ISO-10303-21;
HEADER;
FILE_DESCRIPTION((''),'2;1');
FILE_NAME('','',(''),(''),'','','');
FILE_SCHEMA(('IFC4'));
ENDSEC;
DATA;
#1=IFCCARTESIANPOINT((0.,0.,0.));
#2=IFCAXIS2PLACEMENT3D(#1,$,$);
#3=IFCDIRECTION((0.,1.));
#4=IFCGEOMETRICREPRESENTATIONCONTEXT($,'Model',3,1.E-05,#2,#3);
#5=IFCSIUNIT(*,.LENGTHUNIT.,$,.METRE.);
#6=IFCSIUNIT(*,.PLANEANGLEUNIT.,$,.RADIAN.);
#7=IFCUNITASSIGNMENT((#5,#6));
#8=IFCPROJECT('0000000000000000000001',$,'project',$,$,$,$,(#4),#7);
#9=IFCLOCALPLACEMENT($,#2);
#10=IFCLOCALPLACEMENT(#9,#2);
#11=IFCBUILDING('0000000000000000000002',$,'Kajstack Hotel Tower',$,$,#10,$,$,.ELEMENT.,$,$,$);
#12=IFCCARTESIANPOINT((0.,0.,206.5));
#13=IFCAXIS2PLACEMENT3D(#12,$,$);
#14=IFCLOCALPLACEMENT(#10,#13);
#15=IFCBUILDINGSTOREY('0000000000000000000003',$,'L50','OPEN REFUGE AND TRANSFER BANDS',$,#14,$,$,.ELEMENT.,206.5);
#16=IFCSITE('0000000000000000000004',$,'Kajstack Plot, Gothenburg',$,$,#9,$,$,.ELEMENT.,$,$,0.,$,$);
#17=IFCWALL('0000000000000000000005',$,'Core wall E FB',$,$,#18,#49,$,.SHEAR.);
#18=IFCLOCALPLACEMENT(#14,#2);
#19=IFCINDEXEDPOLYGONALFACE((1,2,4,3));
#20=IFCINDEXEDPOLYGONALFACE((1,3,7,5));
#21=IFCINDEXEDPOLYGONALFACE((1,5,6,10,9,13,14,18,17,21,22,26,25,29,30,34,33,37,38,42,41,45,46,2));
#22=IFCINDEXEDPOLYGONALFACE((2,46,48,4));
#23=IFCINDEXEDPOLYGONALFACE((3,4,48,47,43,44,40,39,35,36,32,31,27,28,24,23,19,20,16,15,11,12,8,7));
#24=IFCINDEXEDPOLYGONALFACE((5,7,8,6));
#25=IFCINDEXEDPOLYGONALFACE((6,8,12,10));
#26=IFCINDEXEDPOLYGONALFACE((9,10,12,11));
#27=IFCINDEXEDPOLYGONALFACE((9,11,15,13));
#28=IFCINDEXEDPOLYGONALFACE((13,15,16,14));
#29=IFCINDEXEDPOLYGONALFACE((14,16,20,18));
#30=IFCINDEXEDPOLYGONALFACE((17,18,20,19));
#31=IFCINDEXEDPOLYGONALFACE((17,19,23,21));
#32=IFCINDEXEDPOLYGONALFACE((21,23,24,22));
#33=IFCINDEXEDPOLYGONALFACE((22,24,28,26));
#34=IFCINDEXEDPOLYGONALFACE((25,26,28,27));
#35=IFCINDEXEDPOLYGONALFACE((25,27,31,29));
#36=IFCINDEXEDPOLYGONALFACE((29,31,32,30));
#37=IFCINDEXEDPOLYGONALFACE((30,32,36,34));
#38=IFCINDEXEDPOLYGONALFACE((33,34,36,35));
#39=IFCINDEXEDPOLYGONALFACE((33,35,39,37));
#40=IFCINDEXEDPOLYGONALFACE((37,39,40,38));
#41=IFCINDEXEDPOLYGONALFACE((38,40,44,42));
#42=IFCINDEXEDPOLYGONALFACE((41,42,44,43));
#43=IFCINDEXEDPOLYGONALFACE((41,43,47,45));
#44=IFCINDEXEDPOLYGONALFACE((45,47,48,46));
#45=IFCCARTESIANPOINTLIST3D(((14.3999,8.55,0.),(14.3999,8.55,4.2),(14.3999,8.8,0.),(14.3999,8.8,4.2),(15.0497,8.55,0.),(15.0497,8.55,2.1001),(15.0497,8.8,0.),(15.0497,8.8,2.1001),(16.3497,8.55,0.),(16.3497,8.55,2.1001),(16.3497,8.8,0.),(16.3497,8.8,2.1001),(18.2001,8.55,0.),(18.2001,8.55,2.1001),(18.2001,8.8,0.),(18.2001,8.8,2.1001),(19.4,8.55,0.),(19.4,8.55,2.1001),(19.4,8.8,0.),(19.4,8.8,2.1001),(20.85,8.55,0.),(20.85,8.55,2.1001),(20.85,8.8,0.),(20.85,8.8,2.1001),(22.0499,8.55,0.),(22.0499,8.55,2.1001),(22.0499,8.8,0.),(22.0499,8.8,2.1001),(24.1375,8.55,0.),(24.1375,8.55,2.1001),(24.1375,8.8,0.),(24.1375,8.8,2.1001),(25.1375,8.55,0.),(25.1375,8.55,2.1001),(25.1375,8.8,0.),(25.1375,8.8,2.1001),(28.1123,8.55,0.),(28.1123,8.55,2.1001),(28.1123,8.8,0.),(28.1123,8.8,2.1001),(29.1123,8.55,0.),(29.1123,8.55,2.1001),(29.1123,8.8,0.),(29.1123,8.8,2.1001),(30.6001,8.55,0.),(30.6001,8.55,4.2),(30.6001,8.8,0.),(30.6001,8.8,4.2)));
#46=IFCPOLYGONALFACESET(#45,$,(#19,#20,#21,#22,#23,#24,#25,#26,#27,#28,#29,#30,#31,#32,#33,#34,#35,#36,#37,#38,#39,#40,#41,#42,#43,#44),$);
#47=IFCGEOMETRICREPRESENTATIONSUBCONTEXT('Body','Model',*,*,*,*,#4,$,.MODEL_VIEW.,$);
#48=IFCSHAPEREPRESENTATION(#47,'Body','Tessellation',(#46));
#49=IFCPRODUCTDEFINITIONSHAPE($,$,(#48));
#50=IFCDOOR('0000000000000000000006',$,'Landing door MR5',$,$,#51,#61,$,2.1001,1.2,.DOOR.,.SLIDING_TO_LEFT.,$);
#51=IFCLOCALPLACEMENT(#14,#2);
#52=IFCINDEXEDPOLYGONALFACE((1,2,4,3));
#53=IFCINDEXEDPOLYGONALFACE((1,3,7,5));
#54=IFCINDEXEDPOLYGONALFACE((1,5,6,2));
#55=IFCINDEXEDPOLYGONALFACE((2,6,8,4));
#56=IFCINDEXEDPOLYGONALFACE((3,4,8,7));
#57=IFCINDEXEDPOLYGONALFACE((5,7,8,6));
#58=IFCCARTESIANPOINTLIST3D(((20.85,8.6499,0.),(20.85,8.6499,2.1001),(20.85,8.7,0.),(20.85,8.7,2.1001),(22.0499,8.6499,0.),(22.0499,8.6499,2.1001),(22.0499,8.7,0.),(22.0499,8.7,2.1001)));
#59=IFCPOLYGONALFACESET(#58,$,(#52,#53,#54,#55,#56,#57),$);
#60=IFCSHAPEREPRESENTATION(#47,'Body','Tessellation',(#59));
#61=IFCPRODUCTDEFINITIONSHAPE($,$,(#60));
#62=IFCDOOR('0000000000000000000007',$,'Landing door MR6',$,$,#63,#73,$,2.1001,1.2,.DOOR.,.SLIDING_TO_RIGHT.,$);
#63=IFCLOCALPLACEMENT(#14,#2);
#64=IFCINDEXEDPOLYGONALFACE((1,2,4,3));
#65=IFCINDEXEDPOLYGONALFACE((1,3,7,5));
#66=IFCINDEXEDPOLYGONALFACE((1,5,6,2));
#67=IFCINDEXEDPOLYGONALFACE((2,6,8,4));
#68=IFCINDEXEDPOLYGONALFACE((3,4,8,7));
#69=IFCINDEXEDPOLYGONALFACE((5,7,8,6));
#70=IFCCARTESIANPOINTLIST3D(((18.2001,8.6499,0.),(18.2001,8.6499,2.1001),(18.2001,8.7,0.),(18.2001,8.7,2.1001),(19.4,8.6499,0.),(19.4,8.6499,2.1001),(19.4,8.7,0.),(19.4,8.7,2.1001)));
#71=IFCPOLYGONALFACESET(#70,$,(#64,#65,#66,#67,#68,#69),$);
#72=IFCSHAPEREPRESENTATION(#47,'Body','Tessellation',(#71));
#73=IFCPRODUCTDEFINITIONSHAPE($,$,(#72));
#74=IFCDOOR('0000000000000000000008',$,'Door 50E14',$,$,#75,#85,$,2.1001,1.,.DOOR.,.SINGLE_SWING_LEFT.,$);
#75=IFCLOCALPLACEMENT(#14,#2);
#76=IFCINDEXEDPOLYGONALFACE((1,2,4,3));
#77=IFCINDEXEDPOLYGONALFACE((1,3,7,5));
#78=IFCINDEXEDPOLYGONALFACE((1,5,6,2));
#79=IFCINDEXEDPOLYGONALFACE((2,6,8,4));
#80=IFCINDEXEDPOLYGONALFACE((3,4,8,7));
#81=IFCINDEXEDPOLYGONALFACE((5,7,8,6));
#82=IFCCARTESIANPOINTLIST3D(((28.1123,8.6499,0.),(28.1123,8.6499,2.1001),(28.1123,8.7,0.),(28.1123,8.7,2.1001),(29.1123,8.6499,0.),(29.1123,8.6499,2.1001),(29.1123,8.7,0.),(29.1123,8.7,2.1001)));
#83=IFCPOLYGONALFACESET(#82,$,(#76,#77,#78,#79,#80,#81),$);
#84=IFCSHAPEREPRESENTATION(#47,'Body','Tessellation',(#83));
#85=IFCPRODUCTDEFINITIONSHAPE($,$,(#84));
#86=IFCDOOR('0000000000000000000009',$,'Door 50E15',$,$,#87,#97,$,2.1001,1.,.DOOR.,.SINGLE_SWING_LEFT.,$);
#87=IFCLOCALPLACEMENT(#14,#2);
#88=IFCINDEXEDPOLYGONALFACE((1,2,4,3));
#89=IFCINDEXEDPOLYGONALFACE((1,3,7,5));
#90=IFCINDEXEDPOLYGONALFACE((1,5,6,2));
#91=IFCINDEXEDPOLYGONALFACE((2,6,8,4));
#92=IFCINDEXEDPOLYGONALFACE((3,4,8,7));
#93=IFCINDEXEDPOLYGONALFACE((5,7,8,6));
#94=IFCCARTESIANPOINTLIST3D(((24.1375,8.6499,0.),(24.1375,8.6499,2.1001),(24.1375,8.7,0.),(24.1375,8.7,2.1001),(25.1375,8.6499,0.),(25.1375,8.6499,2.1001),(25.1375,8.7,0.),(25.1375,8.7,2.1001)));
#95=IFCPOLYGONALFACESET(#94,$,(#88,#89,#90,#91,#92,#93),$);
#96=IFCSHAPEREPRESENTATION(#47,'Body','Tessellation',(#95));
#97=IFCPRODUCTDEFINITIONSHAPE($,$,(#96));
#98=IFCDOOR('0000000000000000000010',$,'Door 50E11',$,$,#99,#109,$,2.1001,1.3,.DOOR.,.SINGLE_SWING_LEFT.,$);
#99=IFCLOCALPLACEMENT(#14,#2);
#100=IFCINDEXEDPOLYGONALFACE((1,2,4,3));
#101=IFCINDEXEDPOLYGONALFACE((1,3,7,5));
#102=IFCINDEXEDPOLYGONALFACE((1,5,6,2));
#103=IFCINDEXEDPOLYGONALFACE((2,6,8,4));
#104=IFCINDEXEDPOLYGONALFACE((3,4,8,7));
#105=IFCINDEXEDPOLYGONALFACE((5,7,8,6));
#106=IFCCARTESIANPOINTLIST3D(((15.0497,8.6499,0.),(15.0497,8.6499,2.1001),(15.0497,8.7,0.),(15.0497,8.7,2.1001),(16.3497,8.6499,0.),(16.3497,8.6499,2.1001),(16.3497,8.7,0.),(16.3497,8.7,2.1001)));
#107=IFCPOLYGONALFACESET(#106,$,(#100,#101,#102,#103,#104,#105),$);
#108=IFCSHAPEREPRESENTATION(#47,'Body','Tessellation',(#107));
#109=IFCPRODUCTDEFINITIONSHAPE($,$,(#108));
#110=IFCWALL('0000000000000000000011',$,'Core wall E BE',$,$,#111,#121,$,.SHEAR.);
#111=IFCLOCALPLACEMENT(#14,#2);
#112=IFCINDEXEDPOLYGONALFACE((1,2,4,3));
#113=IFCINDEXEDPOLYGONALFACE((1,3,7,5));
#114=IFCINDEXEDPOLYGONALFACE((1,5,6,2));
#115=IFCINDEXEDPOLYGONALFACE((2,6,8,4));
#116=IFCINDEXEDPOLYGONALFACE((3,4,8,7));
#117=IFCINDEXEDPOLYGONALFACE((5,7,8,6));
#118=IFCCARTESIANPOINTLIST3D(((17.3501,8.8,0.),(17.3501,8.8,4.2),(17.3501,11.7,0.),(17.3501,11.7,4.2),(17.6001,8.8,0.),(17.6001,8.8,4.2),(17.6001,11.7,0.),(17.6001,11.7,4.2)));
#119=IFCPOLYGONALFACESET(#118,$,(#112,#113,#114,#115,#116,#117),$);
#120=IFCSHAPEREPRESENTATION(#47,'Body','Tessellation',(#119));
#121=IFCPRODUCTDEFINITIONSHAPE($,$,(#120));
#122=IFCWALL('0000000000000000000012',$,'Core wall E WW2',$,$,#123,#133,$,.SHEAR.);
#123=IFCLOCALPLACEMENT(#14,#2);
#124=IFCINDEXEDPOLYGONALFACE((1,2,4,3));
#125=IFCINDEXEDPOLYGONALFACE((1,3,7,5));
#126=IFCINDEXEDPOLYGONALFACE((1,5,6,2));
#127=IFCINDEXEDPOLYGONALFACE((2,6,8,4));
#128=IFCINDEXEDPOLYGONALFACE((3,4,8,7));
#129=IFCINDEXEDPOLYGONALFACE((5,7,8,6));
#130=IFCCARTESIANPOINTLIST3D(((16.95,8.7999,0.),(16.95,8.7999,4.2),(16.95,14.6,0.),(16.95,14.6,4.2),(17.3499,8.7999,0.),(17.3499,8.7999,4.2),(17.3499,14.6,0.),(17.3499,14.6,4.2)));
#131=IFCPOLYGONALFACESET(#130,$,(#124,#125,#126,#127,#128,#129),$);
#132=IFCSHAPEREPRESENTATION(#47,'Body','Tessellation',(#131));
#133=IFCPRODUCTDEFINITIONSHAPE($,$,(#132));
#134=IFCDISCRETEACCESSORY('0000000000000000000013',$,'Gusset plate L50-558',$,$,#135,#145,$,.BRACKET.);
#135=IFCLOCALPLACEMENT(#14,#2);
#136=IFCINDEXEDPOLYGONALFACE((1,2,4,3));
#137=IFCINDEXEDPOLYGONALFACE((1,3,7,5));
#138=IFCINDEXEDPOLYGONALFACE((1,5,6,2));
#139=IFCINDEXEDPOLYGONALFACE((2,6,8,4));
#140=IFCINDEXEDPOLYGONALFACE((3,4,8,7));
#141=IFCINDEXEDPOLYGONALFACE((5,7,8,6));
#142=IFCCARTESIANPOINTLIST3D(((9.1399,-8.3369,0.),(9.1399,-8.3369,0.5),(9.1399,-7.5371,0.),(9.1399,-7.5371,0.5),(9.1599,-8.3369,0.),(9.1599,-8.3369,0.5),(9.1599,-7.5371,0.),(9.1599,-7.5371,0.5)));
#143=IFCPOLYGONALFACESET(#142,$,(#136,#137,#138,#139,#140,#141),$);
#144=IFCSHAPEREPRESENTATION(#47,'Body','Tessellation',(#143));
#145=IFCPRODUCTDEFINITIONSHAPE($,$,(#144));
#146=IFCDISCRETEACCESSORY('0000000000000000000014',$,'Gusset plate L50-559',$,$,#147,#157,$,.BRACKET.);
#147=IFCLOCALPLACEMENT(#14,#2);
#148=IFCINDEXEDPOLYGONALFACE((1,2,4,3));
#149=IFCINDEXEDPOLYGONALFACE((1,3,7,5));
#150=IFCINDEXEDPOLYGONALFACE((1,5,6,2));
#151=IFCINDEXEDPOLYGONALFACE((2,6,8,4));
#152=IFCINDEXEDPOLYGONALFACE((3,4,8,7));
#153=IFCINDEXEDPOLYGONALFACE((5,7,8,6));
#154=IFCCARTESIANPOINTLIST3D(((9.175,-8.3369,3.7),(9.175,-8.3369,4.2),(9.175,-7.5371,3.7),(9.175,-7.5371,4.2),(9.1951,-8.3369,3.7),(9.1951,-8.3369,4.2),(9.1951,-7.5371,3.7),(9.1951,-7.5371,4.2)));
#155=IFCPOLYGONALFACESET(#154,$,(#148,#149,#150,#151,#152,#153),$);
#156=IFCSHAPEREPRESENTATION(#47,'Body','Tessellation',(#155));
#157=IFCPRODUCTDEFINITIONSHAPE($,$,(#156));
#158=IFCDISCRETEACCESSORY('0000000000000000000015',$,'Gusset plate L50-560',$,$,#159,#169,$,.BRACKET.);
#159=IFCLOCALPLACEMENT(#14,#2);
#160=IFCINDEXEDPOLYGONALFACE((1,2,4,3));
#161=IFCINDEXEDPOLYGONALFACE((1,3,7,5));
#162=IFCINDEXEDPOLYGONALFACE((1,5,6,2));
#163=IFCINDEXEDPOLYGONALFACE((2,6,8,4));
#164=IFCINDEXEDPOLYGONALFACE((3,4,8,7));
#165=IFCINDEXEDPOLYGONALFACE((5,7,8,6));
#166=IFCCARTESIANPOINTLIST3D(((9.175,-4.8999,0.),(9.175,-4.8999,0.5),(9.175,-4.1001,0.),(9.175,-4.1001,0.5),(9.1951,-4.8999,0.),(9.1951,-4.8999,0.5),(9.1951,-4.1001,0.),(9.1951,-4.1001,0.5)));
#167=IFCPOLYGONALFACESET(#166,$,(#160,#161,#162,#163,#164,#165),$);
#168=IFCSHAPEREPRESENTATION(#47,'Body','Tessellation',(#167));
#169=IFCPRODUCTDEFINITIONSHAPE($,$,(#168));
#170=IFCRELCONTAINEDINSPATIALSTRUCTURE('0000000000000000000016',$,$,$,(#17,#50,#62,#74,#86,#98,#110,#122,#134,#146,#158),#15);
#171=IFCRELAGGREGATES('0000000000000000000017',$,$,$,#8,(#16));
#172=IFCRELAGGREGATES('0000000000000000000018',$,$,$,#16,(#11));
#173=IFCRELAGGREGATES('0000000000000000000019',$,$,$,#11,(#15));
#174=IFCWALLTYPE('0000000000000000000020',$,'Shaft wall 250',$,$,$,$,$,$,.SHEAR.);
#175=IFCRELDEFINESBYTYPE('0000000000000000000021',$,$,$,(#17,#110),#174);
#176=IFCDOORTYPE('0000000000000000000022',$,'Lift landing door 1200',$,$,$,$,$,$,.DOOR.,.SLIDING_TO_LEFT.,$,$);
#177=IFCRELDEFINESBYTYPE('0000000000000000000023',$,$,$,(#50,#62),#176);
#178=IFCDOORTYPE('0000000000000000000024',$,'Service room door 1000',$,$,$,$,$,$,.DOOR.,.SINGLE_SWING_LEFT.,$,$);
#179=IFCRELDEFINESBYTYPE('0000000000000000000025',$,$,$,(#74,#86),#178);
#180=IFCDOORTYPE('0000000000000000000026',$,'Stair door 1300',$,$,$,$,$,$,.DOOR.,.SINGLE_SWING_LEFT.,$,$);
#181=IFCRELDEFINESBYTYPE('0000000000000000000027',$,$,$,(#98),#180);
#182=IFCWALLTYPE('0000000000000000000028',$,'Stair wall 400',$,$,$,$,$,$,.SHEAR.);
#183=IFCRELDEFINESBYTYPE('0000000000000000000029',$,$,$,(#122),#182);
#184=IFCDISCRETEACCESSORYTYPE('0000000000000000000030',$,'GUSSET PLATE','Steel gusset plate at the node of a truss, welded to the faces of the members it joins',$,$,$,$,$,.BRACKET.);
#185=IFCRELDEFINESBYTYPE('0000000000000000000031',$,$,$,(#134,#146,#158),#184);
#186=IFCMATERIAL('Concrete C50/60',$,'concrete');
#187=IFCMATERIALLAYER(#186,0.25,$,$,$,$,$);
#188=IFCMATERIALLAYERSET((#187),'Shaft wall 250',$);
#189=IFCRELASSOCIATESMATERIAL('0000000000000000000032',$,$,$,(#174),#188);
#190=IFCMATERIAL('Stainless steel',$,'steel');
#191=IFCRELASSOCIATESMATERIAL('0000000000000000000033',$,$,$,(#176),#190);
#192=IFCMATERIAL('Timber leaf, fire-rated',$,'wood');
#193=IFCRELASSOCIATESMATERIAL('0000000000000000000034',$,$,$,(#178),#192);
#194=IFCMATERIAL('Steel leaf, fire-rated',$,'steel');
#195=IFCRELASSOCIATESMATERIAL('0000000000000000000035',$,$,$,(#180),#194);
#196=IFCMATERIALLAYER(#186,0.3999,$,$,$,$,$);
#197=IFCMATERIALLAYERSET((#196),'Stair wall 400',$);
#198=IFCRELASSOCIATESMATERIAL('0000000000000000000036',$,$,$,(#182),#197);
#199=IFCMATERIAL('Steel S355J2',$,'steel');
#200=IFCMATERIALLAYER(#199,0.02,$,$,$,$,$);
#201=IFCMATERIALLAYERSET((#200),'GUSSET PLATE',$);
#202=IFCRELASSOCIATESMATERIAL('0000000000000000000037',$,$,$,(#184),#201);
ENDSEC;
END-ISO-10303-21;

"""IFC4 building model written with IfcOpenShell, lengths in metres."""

from ifc_helpers import new_model, si_unit, direction, frame, frame_2d, origin, place, context, subcontext, project, spatial, polyline, rectangle, outline, extrude, material, layer, layer_set, type_object, element, fill, save


model = new_model("IFC4")

# Units and contexts
model_context = context("Model", 3, precision=1e-05, world=origin(), true_north=direction((0.0, 1.0)))
body_context = subcontext(model_context, "Body", "Model", "MODEL_VIEW")
ifc_project = project(units=[si_unit("LENGTHUNIT", "METRE"), si_unit("PLANEANGLEUNIT", "RADIAN")], contexts=[model_context])

# Site, building, storey
site_placement = place(None, origin())
site = spatial("IfcSite", under=ifc_project, at=site_placement, Name="Kajstack Plot, Gothenburg", CompositionType="ELEMENT", RefElevation=0.0)
building_placement = place(site_placement, origin())
building = spatial("IfcBuilding", under=site, at=building_placement, Name="Kajstack Hotel Tower", CompositionType="ELEMENT")
storey_placement = place(building_placement, frame((0.0, 0.0, 206.5)))
storey = spatial("IfcBuildingStorey", under=building, at=storey_placement, Name="L50", Description="OPEN REFUGE AND TRANSFER BANDS", CompositionType="ELEMENT", Elevation=206.5)

# Shared definitions
ifc_material_1 = material(Name="Steel S355J2", Category="steel")

# Shared definitions
ifc_material_2 = material(Name="Concrete C50/60", Category="concrete")
ifc_layer_1 = layer(ifc_material_2, 0.25)
ifc_layer_set_1 = layer_set([ifc_layer_1], Name="Shaft wall 250")
wall_type_1 = type_object("IfcWallType", Name="Shaft wall 250", PredefinedType="SHEAR", material=ifc_layer_set_1)
ifc_material_3 = material(Name="Stainless steel", Category="steel")
door_type_1 = type_object("IfcDoorType", Name="Lift landing door 1200", OperationType="SLIDING_TO_LEFT", PredefinedType="DOOR", material=ifc_material_3)

# Wall, openings, doors
wall_1_placement = place(storey_placement, frame((14.3999, 8.675, 0.0), z_axis=(0.0, 0.0, 1.0), x_axis=(1.0, 0.0, 0.0)))
wall_1 = element("IfcWall", 1, at=wall_1_placement, inside=storey, type_object=wall_type_1, Name="Core wall E FB", PredefinedType="SHEAR", context=body_context, shape_type="SweptSolid", body=[
    extrude(rectangle(XDim=16.2002, YDim=0.25, at=frame_2d((8.1001, 0.0))), origin(), (0.0, 0.0, 1.0), 4.2),
])
opening_1_placement = place(wall_1_placement, frame((6.45, 0.0, 0.0)))
opening_1 = element("IfcOpeningElement", 2, at=opening_1_placement, cuts=wall_1, PredefinedType="OPENING", context=body_context, shape_type="SweptSolid", body=[
    extrude(rectangle(XDim=1.2, YDim=2.1001, at=frame_2d((0.6001, 1.05))), frame((0.0, 0.135, 0.0), z_axis=(0.0, -1.0, 0.0), x_axis=(1.0, 0.0, 0.0)), (0.0, 0.0, 1.0), 0.27),
])
opening_2_placement = place(wall_1_placement, frame((3.8, 0.0, 0.0)))
opening_2 = element("IfcOpeningElement", 3, at=opening_2_placement, cuts=wall_1, PredefinedType="OPENING", context=body_context, shape_type="SweptSolid", body=[
    extrude(rectangle(XDim=1.2, YDim=2.1001, at=frame_2d((0.6001, 1.05))), frame((0.0, 0.135, 0.0), z_axis=(0.0, -1.0, 0.0), x_axis=(1.0, 0.0, 0.0)), (0.0, 0.0, 1.0), 0.27),
])
opening_3_placement = place(wall_1_placement, frame((0.6499, 0.0, 0.0)))
opening_3 = element("IfcOpeningElement", 4, at=opening_3_placement, cuts=wall_1, PredefinedType="OPENING", context=body_context, shape_type="SweptSolid", body=[
    extrude(rectangle(XDim=1.3, YDim=2.1001, at=frame_2d((0.6499, 1.05))), frame((0.0, 0.135, 0.0), z_axis=(0.0, -1.0, 0.0), x_axis=(1.0, 0.0, 0.0)), (0.0, 0.0, 1.0), 0.27),
])
opening_4_placement = place(wall_1_placement, frame((13.7124, 0.0, 0.0)))
opening_4 = element("IfcOpeningElement", 5, at=opening_4_placement, cuts=wall_1, PredefinedType="OPENING", context=body_context, shape_type="SweptSolid", body=[
    extrude(rectangle(XDim=1.0, YDim=2.1001, at=frame_2d((0.5, 1.05))), frame((0.0, 0.135, 0.0), z_axis=(0.0, -1.0, 0.0), x_axis=(1.0, 0.0, 0.0)), (0.0, 0.0, 1.0), 0.27),
])
opening_5_placement = place(wall_1_placement, frame((9.7375, 0.0, 0.0)))
opening_5 = element("IfcOpeningElement", 6, at=opening_5_placement, cuts=wall_1, PredefinedType="OPENING", context=body_context, shape_type="SweptSolid", body=[
    extrude(rectangle(XDim=1.0, YDim=2.1001, at=frame_2d((0.5, 1.05))), frame((0.0, 0.135, 0.0), z_axis=(0.0, -1.0, 0.0), x_axis=(1.0, 0.0, 0.0)), (0.0, 0.0, 1.0), 0.27),
])
door_1_placement = place(opening_1_placement, origin())
door_1 = element("IfcDoor", 7, at=door_1_placement, inside=storey, type_object=door_type_1, Name="Landing door MR5", OperationType="SLIDING_TO_LEFT", OverallHeight=2.1001, OverallWidth=1.2, PredefinedType="DOOR", context=body_context, shape_type="SweptSolid", body=[
    extrude(rectangle(XDim=1.2, YDim=2.1001, at=frame_2d((0.6001, 1.05))), frame((0.0, 0.0249, 0.0), z_axis=(0.0, -1.0, 0.0), x_axis=(1.0, 0.0, 0.0)), (0.0, 0.0, 1.0), 0.05),
])
fill(opening_1, door_1)
door_2_placement = place(opening_2_placement, origin())
door_2 = element("IfcDoor", 8, at=door_2_placement, inside=storey, type_object=door_type_1, Name="Landing door MR6", OperationType="SLIDING_TO_RIGHT", OverallHeight=2.1001, OverallWidth=1.2, PredefinedType="DOOR", context=body_context, shape_type="SweptSolid", body=[
    extrude(rectangle(XDim=1.2, YDim=2.1001, at=frame_2d((0.6001, 1.05))), frame((0.0, 0.0249, 0.0), z_axis=(0.0, -1.0, 0.0), x_axis=(1.0, 0.0, 0.0)), (0.0, 0.0, 1.0), 0.05),
])
fill(opening_2, door_2)
ifc_material_4 = material(Name="Timber leaf, fire-rated", Category="wood")
door_type_2 = type_object("IfcDoorType", Name="Service room door 1000", OperationType="SINGLE_SWING_LEFT", PredefinedType="DOOR", material=ifc_material_4)
door_3_placement = place(opening_4_placement, origin())
door_3 = element("IfcDoor", 9, at=door_3_placement, inside=storey, type_object=door_type_2, Name="Door 50E14", OperationType="SINGLE_SWING_LEFT", OverallHeight=2.1001, OverallWidth=1.0, PredefinedType="DOOR", context=body_context, shape_type="SweptSolid", body=[
    extrude(rectangle(XDim=1.0, YDim=2.1001, at=frame_2d((0.5, 1.05))), frame((0.0, 0.0249, 0.0), z_axis=(0.0, -1.0, 0.0), x_axis=(1.0, 0.0, 0.0)), (0.0, 0.0, 1.0), 0.05),
])
fill(opening_4, door_3)
door_4_placement = place(opening_5_placement, origin())
door_4 = element("IfcDoor", 10, at=door_4_placement, inside=storey, type_object=door_type_2, Name="Door 50E15", OperationType="SINGLE_SWING_LEFT", OverallHeight=2.1001, OverallWidth=1.0, PredefinedType="DOOR", context=body_context, shape_type="SweptSolid", body=[
    extrude(rectangle(XDim=1.0, YDim=2.1001, at=frame_2d((0.5, 1.05))), frame((0.0, 0.0249, 0.0), z_axis=(0.0, -1.0, 0.0), x_axis=(1.0, 0.0, 0.0)), (0.0, 0.0, 1.0), 0.05),
])
fill(opening_5, door_4)
ifc_material_5 = material(Name="Steel leaf, fire-rated", Category="steel")
door_type_3 = type_object("IfcDoorType", Name="Stair door 1300", OperationType="SINGLE_SWING_LEFT", PredefinedType="DOOR", material=ifc_material_5)
door_5_placement = place(opening_3_placement, origin())
door_5 = element("IfcDoor", 11, at=door_5_placement, inside=storey, type_object=door_type_3, Name="Door 50E11", OperationType="SINGLE_SWING_LEFT", OverallHeight=2.1001, OverallWidth=1.3, PredefinedType="DOOR", context=body_context, shape_type="SweptSolid", body=[
    extrude(rectangle(XDim=1.3, YDim=2.1001, at=frame_2d((0.6499, 1.05))), frame((0.0, 0.0249, 0.0), z_axis=(0.0, -1.0, 0.0), x_axis=(1.0, 0.0, 0.0)), (0.0, 0.0, 1.0), 0.05),
])
fill(opening_3, door_5)

# Walls
wall_2_placement = place(storey_placement, frame((17.4751, 8.8, 0.0), z_axis=(0.0, 0.0, 1.0), x_axis=(0.0, 1.0, 0.0)))
element("IfcWall", 12, at=wall_2_placement, inside=storey, type_object=wall_type_1, Name="Core wall E BE", PredefinedType="SHEAR", context=body_context, shape_type="SweptSolid", body=[
    extrude(rectangle(XDim=2.8999, YDim=0.25, at=frame_2d((1.45, 0.0))), origin(), (0.0, 0.0, 1.0), 4.2),
])
ifc_layer_2 = layer(ifc_material_2, 0.3999)
ifc_layer_set_2 = layer_set([ifc_layer_2], Name="Stair wall 400")
wall_type_2 = type_object("IfcWallType", Name="Stair wall 400", PredefinedType="SHEAR", material=ifc_layer_set_2)
wall_3_placement = place(storey_placement, frame((17.1499, 8.8, 0.0), z_axis=(0.0, 0.0, 1.0), x_axis=(0.0, 1.0, 0.0)))
element("IfcWall", 13, at=wall_3_placement, inside=storey, type_object=wall_type_2, Name="Core wall E WW2", PredefinedType="SHEAR", context=body_context, shape_type="SweptSolid", body=[
    extrude(rectangle(XDim=5.8, YDim=0.3999, at=frame_2d((2.8999, 0.0))), origin(), (0.0, 0.0, 1.0), 4.2),
])

# Discrete accessories
ifc_layer_3 = layer(ifc_material_1, 0.02)
ifc_layer_set_3 = layer_set([ifc_layer_3], Name="GUSSET PLATE")
discrete_accessory_type = type_object("IfcDiscreteAccessoryType", Name="GUSSET PLATE", Description="Steel gusset plate at the node of a truss, welded to the faces of the members it joins", PredefinedType="BRACKET", material=ifc_layer_set_3)
for number, where, z_axis, x_axis, name in (
    (14, (9.1399, -7.937, 0.0), (1.0, 0.0, 0.0), (0.0, 1.0, 0.0), "Gusset plate L50-558"),
    (15, (9.175, -7.937, 3.7), (1.0, 0.0, 0.0), (0.0, 1.0, 0.0), "Gusset plate L50-559"),
    (16, (9.175, -4.5, 0.0), (1.0, 0.0, 0.0), (0.0, 1.0, 0.0), "Gusset plate L50-560"),
):
    element("IfcDiscreteAccessory", number, at=place(storey_placement, frame(where, z_axis=z_axis, x_axis=x_axis)), inside=storey, type_object=discrete_accessory_type, Name=name, PredefinedType="BRACKET", context=body_context, shape_type="SweptSolid", body=[
        extrude(outline(polyline([(-0.3999, 0.0), (0.3999, 0.0), (0.3999, 0.5), (-0.3999, 0.5), (-0.3999, 0.0)])), origin(), (0.0, 0.0, 1.0), 0.02),
    ])

save(model, "model.ifc")
